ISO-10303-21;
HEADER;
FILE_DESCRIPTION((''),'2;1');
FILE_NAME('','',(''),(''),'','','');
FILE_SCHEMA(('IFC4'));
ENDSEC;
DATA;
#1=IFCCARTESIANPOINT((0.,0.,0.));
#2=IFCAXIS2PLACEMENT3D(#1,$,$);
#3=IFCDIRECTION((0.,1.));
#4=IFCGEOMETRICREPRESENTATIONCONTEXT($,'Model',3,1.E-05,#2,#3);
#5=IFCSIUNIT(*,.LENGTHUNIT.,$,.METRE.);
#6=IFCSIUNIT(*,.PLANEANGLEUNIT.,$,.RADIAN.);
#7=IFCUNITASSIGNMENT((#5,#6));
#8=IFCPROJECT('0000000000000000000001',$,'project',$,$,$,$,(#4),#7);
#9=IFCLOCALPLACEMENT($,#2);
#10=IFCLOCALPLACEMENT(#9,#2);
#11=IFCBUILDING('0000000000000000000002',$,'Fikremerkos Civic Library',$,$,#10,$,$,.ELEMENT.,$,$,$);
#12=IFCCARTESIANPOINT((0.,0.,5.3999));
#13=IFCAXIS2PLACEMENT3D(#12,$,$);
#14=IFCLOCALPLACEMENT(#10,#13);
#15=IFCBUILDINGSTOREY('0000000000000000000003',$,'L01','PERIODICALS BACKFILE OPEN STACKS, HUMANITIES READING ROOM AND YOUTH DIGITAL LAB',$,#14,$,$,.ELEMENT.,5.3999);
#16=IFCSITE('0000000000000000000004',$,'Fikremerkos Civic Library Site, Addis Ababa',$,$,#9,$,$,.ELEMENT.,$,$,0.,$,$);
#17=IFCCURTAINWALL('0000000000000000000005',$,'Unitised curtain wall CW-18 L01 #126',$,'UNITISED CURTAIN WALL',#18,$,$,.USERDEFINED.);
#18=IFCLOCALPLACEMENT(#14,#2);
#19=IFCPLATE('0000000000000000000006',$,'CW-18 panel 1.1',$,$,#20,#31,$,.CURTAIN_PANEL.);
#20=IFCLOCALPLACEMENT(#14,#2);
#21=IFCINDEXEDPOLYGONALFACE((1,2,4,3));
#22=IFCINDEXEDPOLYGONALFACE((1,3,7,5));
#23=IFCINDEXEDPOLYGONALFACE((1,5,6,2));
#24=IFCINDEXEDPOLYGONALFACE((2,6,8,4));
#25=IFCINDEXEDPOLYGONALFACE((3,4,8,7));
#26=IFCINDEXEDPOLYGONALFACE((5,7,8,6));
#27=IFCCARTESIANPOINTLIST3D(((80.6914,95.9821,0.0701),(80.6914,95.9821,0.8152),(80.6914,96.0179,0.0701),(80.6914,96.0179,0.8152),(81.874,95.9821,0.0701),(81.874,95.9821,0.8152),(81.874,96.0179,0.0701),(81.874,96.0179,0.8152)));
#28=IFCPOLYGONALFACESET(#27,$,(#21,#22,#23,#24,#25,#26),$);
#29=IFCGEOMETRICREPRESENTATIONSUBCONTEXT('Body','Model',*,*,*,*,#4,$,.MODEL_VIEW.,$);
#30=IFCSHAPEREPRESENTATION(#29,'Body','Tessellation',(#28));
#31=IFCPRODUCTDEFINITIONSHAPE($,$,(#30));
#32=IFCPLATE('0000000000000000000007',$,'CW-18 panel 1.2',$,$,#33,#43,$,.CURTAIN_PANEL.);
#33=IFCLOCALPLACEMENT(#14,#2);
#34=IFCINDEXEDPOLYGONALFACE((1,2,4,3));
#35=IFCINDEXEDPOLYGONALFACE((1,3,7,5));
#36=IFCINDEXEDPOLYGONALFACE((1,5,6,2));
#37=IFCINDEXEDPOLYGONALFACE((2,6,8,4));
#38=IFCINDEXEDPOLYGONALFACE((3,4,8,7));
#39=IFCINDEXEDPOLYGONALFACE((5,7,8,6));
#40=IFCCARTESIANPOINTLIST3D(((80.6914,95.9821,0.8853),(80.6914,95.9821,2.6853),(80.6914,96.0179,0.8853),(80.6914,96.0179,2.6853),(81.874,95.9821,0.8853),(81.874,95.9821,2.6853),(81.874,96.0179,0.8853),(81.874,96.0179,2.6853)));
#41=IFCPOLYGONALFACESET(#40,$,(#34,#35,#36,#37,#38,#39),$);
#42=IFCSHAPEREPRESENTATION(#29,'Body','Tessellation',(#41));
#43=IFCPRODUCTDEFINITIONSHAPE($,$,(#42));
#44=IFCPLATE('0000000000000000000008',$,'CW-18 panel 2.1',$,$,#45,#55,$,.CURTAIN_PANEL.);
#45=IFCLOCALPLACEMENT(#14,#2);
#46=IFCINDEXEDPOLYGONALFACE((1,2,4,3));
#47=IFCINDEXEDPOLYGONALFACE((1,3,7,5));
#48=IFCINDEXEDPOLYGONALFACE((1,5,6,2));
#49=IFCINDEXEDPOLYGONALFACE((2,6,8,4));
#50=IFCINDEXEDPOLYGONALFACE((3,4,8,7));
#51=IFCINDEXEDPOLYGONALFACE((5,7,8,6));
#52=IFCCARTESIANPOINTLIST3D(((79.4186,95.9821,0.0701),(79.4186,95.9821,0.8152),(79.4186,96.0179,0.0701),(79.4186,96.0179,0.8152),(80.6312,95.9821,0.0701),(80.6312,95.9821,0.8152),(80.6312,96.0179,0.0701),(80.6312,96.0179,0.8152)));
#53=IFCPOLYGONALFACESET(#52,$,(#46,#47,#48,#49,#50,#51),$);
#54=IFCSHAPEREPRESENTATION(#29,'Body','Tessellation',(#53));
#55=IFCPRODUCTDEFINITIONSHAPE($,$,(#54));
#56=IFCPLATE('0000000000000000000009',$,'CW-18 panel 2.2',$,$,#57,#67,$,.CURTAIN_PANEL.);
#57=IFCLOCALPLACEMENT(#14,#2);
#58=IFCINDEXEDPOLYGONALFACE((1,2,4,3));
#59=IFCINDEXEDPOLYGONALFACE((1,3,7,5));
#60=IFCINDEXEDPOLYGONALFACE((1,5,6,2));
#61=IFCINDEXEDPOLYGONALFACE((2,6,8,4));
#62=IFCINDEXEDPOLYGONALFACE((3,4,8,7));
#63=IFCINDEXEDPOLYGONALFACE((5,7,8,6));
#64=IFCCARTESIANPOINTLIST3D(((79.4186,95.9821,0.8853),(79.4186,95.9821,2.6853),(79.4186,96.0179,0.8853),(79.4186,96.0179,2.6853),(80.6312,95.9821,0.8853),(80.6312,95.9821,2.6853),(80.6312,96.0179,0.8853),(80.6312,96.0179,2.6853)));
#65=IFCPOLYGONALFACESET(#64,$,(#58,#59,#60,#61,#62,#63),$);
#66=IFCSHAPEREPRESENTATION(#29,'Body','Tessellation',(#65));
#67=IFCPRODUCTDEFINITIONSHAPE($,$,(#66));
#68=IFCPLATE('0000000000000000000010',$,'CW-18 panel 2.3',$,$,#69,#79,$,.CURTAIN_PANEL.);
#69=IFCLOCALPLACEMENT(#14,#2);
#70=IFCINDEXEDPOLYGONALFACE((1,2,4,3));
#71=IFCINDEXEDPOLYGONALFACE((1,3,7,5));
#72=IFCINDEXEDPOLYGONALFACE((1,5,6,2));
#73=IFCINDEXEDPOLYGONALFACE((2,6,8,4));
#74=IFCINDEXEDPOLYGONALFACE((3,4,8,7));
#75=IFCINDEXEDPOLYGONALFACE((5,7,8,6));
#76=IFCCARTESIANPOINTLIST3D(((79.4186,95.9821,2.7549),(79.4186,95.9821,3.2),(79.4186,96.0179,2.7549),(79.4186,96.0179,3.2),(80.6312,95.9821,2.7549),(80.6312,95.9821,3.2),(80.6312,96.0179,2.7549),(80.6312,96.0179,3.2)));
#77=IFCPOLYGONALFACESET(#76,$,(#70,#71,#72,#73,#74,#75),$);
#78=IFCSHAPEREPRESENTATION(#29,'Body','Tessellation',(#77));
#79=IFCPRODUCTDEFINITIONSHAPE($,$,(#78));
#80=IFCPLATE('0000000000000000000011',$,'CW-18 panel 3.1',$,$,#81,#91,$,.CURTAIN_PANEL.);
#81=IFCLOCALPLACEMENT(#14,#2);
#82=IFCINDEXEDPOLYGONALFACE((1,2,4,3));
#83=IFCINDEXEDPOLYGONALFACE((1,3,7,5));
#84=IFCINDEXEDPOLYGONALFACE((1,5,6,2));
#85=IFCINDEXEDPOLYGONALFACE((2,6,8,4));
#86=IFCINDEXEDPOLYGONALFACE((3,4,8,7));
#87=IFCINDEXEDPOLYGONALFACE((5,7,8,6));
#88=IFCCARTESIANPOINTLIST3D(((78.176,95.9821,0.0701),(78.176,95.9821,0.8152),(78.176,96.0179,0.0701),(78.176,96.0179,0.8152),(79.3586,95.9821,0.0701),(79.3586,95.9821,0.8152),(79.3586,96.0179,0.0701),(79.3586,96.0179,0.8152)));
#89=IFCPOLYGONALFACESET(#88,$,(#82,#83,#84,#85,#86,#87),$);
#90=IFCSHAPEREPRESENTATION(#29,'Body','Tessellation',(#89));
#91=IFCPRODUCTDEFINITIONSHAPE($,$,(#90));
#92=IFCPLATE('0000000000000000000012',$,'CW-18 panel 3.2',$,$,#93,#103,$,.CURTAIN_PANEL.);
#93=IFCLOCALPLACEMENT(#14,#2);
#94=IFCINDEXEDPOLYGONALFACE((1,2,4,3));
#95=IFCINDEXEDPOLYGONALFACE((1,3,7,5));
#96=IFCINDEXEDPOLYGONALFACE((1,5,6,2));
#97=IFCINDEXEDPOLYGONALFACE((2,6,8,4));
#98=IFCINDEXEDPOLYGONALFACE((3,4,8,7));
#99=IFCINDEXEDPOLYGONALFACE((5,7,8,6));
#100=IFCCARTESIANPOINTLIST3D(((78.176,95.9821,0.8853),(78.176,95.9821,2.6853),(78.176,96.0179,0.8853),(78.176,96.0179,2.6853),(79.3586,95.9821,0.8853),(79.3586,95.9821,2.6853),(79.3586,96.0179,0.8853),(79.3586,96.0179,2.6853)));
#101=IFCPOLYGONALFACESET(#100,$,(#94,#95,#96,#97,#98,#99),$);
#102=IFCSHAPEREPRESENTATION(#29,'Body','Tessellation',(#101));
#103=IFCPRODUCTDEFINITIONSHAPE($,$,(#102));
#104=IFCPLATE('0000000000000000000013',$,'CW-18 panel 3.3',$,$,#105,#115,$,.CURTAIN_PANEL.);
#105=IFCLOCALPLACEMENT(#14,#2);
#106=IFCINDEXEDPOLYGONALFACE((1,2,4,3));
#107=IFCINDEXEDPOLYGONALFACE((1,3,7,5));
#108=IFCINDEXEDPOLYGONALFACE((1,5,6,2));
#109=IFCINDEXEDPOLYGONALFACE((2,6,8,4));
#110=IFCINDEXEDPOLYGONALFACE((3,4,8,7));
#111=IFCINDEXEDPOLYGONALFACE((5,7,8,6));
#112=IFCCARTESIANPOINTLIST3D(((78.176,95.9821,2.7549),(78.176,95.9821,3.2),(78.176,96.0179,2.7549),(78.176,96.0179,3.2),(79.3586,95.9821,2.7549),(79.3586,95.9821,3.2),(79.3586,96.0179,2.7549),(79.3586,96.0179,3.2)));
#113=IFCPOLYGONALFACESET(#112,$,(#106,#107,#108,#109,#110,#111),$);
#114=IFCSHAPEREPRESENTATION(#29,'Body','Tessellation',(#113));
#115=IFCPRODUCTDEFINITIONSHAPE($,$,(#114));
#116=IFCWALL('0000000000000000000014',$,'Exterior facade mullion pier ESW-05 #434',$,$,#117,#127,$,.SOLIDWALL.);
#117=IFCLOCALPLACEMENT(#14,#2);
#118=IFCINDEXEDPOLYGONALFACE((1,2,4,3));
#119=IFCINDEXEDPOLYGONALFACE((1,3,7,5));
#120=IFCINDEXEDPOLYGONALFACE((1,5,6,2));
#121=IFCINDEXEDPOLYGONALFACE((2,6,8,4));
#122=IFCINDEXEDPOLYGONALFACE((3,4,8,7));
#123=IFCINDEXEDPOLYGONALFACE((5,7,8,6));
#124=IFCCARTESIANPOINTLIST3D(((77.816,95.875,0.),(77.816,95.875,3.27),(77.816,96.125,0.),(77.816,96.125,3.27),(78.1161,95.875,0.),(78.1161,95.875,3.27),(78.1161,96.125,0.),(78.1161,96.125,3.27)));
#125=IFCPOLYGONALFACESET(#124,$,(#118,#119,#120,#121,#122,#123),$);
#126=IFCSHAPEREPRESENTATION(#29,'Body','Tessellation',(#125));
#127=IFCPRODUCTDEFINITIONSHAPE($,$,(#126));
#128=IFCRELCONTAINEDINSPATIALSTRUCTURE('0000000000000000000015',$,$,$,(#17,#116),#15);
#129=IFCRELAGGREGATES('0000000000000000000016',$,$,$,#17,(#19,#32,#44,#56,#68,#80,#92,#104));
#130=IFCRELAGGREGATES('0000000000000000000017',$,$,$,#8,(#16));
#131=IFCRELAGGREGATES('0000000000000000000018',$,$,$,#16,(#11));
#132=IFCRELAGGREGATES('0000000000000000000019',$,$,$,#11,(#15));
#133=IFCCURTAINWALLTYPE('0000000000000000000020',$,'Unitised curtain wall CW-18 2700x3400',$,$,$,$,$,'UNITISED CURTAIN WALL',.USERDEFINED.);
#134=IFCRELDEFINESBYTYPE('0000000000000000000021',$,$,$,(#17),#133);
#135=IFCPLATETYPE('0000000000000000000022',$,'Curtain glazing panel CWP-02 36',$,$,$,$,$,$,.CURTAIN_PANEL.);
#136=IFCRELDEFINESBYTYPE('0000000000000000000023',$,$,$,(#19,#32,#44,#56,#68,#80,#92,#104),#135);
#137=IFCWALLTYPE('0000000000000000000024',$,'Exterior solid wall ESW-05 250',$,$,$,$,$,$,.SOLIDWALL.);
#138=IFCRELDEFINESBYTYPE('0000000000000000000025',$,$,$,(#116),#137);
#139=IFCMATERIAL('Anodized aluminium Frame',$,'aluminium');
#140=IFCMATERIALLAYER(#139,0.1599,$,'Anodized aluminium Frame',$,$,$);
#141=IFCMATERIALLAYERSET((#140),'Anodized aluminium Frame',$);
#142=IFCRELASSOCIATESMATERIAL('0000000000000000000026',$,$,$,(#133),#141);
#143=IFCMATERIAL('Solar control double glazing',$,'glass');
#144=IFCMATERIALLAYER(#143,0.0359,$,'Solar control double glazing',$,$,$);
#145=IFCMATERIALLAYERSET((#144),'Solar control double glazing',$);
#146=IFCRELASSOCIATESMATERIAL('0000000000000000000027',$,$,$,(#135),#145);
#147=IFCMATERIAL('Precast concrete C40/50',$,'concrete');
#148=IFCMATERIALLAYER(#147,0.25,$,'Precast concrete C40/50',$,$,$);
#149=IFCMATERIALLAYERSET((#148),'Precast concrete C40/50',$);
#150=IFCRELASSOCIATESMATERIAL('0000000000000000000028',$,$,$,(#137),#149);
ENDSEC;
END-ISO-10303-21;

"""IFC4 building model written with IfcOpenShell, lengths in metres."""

from ifc_helpers import new_model, si_unit, direction, frame, frame_2d, origin, origin_2d, place, context, subcontext, project, spatial, rectangle, extrude, material, layer, layer_set, type_object, element, aggregate, save


model = new_model("IFC4")

# Units and contexts
model_context = context("Model", 3, precision=1e-05, world=origin(), true_north=direction((0.0, 1.0)))
body_context = subcontext(model_context, "Body", "Model", "MODEL_VIEW")
ifc_project = project(units=[si_unit("LENGTHUNIT", "METRE"), si_unit("PLANEANGLEUNIT", "RADIAN")], contexts=[model_context])

# Site, building, storey
site_placement = place(None, origin())
site = spatial("IfcSite", under=ifc_project, at=site_placement, Name="Fikremerkos Civic Library Site, Addis Ababa", CompositionType="ELEMENT", RefElevation=0.0)
building_placement = place(site_placement, origin())
building = spatial("IfcBuilding", under=site, at=building_placement, Name="Fikremerkos Civic Library", CompositionType="ELEMENT")
storey_placement = place(building_placement, frame((0.0, 0.0, 5.3999)))
storey = spatial("IfcBuildingStorey", under=building, at=storey_placement, Name="L01", Description="PERIODICALS BACKFILE OPEN STACKS, HUMANITIES READING ROOM AND YOUTH DIGITAL LAB", CompositionType="ELEMENT", Elevation=5.3999)

# Curtain wall, plates
ifc_material_1 = material(Name="Anodized aluminium Frame", Category="aluminium")
ifc_layer_1 = layer(ifc_material_1, 0.1599, Name="Anodized aluminium Frame")
ifc_layer_set_1 = layer_set([ifc_layer_1], Name="Anodized aluminium Frame")
curtain_wall_type = type_object("IfcCurtainWallType", Name="Unitised curtain wall CW-18 2700x3400", ElementType="UNITISED CURTAIN WALL", PredefinedType="USERDEFINED", material=ifc_layer_set_1)
curtain_wall_placement = place(storey_placement, origin())
curtain_wall = element("IfcCurtainWall", 1, at=curtain_wall_placement, inside=storey, type_object=curtain_wall_type, Name="Unitised curtain wall CW-18 L01 #126", ObjectType="UNITISED CURTAIN WALL", PredefinedType="USERDEFINED")
ifc_material_2 = material(Name="Solar control double glazing", Category="glass")
ifc_layer_2 = layer(ifc_material_2, 0.0359, Name="Solar control double glazing")
ifc_layer_set_2 = layer_set([ifc_layer_2], Name="Solar control double glazing")
plate_type = type_object("IfcPlateType", Name="Curtain glazing panel CWP-02 36", PredefinedType="CURTAIN_PANEL", material=ifc_layer_set_2)
plate_1_placement = place(storey_placement, frame((81.2827, 96.0, 0.0701), z_axis=(0.0, 0.0, 1.0), x_axis=(-1.0, 0.0, 0.0)))
plate_1 = element("IfcPlate", 2, at=plate_1_placement, type_object=plate_type, Name="CW-18 panel 1.1", PredefinedType="CURTAIN_PANEL", context=body_context, shape_type="SweptSolid", body=[
    extrude(rectangle(XDim=1.1826, YDim=0.0359, at=origin_2d()), origin(), (0.0, 0.0, 1.0), 0.7451),
])
plate_2_placement = place(storey_placement, frame((81.2827, 96.0, 0.8853), z_axis=(0.0, 0.0, 1.0), x_axis=(-1.0, 0.0, 0.0)))
plate_2 = element("IfcPlate", 3, at=plate_2_placement, type_object=plate_type, Name="CW-18 panel 1.2", PredefinedType="CURTAIN_PANEL", context=body_context, shape_type="SweptSolid", body=[
    extrude(rectangle(XDim=1.1826, YDim=0.0359, at=origin_2d()), origin(), (0.0, 0.0, 1.0), 1.8),
])
plate_3_placement = place(storey_placement, frame((80.0249, 96.0, 0.0701), z_axis=(0.0, 0.0, 1.0), x_axis=(-1.0, 0.0, 0.0)))
plate_3 = element("IfcPlate", 4, at=plate_3_placement, type_object=plate_type, Name="CW-18 panel 2.1", PredefinedType="CURTAIN_PANEL", context=body_context, shape_type="SweptSolid", body=[
    extrude(rectangle(XDim=1.2126, YDim=0.0359, at=origin_2d()), origin(), (0.0, 0.0, 1.0), 0.7451),
])
plate_4_placement = place(storey_placement, frame((80.0249, 96.0, 0.8853), z_axis=(0.0, 0.0, 1.0), x_axis=(-1.0, 0.0, 0.0)))
plate_4 = element("IfcPlate", 5, at=plate_4_placement, type_object=plate_type, Name="CW-18 panel 2.2", PredefinedType="CURTAIN_PANEL", context=body_context, shape_type="SweptSolid", body=[
    extrude(rectangle(XDim=1.2126, YDim=0.0359, at=origin_2d()), origin(), (0.0, 0.0, 1.0), 1.8),
])
plate_5_placement = place(storey_placement, frame((80.0249, 96.0, 2.7549), z_axis=(0.0, 0.0, 1.0), x_axis=(-1.0, 0.0, 0.0)))
plate_5 = element("IfcPlate", 6, at=plate_5_placement, type_object=plate_type, Name="CW-18 panel 2.3", PredefinedType="CURTAIN_PANEL", context=body_context, shape_type="SweptSolid", body=[
    extrude(rectangle(XDim=1.2126, YDim=0.0359, at=origin_2d()), origin(), (0.0, 0.0, 1.0), 0.4451),
])
plate_6_placement = place(storey_placement, frame((78.7673, 96.0, 0.0701), z_axis=(0.0, 0.0, 1.0), x_axis=(-1.0, 0.0, 0.0)))
plate_6 = element("IfcPlate", 7, at=plate_6_placement, type_object=plate_type, Name="CW-18 panel 3.1", PredefinedType="CURTAIN_PANEL", context=body_context, shape_type="SweptSolid", body=[
    extrude(rectangle(XDim=1.1826, YDim=0.0359, at=origin_2d()), origin(), (0.0, 0.0, 1.0), 0.7451),
])
plate_7_placement = place(storey_placement, frame((78.7673, 96.0, 0.8853), z_axis=(0.0, 0.0, 1.0), x_axis=(-1.0, 0.0, 0.0)))
plate_7 = element("IfcPlate", 8, at=plate_7_placement, type_object=plate_type, Name="CW-18 panel 3.2", PredefinedType="CURTAIN_PANEL", context=body_context, shape_type="SweptSolid", body=[
    extrude(rectangle(XDim=1.1826, YDim=0.0359, at=origin_2d()), origin(), (0.0, 0.0, 1.0), 1.8),
])
plate_8_placement = place(storey_placement, frame((78.7673, 96.0, 2.7549), z_axis=(0.0, 0.0, 1.0), x_axis=(-1.0, 0.0, 0.0)))
plate_8 = element("IfcPlate", 9, at=plate_8_placement, type_object=plate_type, Name="CW-18 panel 3.3", PredefinedType="CURTAIN_PANEL", context=body_context, shape_type="SweptSolid", body=[
    extrude(rectangle(XDim=1.1826, YDim=0.0359, at=origin_2d()), origin(), (0.0, 0.0, 1.0), 0.4451),
])
aggregate(curtain_wall, [plate_1, plate_2, plate_3, plate_4, plate_5, plate_6, plate_7, plate_8])

# Wall
ifc_material_3 = material(Name="Precast concrete C40/50", Category="concrete")
ifc_layer_3 = layer(ifc_material_3, 0.25, Name="Precast concrete C40/50")
ifc_layer_set_3 = layer_set([ifc_layer_3], Name="Precast concrete C40/50")
wall_type = type_object("IfcWallType", Name="Exterior solid wall ESW-05 250", PredefinedType="SOLIDWALL", material=ifc_layer_set_3)
wall_placement = place(storey_placement, frame((78.116, 96.0, 0.0), z_axis=(0.0, 0.0, 1.0), x_axis=(-1.0, 0.0, 0.0)))
element("IfcWall", 10, at=wall_placement, inside=storey, type_object=wall_type, Name="Exterior facade mullion pier ESW-05 #434", PredefinedType="SOLIDWALL", context=body_context, shape_type="SweptSolid", body=[
    extrude(rectangle(XDim=0.3, YDim=0.25, at=frame_2d((0.1499, 0.0))), origin(), (0.0, 0.0, 1.0), 3.27),
])

save(model, "model.ifc")
